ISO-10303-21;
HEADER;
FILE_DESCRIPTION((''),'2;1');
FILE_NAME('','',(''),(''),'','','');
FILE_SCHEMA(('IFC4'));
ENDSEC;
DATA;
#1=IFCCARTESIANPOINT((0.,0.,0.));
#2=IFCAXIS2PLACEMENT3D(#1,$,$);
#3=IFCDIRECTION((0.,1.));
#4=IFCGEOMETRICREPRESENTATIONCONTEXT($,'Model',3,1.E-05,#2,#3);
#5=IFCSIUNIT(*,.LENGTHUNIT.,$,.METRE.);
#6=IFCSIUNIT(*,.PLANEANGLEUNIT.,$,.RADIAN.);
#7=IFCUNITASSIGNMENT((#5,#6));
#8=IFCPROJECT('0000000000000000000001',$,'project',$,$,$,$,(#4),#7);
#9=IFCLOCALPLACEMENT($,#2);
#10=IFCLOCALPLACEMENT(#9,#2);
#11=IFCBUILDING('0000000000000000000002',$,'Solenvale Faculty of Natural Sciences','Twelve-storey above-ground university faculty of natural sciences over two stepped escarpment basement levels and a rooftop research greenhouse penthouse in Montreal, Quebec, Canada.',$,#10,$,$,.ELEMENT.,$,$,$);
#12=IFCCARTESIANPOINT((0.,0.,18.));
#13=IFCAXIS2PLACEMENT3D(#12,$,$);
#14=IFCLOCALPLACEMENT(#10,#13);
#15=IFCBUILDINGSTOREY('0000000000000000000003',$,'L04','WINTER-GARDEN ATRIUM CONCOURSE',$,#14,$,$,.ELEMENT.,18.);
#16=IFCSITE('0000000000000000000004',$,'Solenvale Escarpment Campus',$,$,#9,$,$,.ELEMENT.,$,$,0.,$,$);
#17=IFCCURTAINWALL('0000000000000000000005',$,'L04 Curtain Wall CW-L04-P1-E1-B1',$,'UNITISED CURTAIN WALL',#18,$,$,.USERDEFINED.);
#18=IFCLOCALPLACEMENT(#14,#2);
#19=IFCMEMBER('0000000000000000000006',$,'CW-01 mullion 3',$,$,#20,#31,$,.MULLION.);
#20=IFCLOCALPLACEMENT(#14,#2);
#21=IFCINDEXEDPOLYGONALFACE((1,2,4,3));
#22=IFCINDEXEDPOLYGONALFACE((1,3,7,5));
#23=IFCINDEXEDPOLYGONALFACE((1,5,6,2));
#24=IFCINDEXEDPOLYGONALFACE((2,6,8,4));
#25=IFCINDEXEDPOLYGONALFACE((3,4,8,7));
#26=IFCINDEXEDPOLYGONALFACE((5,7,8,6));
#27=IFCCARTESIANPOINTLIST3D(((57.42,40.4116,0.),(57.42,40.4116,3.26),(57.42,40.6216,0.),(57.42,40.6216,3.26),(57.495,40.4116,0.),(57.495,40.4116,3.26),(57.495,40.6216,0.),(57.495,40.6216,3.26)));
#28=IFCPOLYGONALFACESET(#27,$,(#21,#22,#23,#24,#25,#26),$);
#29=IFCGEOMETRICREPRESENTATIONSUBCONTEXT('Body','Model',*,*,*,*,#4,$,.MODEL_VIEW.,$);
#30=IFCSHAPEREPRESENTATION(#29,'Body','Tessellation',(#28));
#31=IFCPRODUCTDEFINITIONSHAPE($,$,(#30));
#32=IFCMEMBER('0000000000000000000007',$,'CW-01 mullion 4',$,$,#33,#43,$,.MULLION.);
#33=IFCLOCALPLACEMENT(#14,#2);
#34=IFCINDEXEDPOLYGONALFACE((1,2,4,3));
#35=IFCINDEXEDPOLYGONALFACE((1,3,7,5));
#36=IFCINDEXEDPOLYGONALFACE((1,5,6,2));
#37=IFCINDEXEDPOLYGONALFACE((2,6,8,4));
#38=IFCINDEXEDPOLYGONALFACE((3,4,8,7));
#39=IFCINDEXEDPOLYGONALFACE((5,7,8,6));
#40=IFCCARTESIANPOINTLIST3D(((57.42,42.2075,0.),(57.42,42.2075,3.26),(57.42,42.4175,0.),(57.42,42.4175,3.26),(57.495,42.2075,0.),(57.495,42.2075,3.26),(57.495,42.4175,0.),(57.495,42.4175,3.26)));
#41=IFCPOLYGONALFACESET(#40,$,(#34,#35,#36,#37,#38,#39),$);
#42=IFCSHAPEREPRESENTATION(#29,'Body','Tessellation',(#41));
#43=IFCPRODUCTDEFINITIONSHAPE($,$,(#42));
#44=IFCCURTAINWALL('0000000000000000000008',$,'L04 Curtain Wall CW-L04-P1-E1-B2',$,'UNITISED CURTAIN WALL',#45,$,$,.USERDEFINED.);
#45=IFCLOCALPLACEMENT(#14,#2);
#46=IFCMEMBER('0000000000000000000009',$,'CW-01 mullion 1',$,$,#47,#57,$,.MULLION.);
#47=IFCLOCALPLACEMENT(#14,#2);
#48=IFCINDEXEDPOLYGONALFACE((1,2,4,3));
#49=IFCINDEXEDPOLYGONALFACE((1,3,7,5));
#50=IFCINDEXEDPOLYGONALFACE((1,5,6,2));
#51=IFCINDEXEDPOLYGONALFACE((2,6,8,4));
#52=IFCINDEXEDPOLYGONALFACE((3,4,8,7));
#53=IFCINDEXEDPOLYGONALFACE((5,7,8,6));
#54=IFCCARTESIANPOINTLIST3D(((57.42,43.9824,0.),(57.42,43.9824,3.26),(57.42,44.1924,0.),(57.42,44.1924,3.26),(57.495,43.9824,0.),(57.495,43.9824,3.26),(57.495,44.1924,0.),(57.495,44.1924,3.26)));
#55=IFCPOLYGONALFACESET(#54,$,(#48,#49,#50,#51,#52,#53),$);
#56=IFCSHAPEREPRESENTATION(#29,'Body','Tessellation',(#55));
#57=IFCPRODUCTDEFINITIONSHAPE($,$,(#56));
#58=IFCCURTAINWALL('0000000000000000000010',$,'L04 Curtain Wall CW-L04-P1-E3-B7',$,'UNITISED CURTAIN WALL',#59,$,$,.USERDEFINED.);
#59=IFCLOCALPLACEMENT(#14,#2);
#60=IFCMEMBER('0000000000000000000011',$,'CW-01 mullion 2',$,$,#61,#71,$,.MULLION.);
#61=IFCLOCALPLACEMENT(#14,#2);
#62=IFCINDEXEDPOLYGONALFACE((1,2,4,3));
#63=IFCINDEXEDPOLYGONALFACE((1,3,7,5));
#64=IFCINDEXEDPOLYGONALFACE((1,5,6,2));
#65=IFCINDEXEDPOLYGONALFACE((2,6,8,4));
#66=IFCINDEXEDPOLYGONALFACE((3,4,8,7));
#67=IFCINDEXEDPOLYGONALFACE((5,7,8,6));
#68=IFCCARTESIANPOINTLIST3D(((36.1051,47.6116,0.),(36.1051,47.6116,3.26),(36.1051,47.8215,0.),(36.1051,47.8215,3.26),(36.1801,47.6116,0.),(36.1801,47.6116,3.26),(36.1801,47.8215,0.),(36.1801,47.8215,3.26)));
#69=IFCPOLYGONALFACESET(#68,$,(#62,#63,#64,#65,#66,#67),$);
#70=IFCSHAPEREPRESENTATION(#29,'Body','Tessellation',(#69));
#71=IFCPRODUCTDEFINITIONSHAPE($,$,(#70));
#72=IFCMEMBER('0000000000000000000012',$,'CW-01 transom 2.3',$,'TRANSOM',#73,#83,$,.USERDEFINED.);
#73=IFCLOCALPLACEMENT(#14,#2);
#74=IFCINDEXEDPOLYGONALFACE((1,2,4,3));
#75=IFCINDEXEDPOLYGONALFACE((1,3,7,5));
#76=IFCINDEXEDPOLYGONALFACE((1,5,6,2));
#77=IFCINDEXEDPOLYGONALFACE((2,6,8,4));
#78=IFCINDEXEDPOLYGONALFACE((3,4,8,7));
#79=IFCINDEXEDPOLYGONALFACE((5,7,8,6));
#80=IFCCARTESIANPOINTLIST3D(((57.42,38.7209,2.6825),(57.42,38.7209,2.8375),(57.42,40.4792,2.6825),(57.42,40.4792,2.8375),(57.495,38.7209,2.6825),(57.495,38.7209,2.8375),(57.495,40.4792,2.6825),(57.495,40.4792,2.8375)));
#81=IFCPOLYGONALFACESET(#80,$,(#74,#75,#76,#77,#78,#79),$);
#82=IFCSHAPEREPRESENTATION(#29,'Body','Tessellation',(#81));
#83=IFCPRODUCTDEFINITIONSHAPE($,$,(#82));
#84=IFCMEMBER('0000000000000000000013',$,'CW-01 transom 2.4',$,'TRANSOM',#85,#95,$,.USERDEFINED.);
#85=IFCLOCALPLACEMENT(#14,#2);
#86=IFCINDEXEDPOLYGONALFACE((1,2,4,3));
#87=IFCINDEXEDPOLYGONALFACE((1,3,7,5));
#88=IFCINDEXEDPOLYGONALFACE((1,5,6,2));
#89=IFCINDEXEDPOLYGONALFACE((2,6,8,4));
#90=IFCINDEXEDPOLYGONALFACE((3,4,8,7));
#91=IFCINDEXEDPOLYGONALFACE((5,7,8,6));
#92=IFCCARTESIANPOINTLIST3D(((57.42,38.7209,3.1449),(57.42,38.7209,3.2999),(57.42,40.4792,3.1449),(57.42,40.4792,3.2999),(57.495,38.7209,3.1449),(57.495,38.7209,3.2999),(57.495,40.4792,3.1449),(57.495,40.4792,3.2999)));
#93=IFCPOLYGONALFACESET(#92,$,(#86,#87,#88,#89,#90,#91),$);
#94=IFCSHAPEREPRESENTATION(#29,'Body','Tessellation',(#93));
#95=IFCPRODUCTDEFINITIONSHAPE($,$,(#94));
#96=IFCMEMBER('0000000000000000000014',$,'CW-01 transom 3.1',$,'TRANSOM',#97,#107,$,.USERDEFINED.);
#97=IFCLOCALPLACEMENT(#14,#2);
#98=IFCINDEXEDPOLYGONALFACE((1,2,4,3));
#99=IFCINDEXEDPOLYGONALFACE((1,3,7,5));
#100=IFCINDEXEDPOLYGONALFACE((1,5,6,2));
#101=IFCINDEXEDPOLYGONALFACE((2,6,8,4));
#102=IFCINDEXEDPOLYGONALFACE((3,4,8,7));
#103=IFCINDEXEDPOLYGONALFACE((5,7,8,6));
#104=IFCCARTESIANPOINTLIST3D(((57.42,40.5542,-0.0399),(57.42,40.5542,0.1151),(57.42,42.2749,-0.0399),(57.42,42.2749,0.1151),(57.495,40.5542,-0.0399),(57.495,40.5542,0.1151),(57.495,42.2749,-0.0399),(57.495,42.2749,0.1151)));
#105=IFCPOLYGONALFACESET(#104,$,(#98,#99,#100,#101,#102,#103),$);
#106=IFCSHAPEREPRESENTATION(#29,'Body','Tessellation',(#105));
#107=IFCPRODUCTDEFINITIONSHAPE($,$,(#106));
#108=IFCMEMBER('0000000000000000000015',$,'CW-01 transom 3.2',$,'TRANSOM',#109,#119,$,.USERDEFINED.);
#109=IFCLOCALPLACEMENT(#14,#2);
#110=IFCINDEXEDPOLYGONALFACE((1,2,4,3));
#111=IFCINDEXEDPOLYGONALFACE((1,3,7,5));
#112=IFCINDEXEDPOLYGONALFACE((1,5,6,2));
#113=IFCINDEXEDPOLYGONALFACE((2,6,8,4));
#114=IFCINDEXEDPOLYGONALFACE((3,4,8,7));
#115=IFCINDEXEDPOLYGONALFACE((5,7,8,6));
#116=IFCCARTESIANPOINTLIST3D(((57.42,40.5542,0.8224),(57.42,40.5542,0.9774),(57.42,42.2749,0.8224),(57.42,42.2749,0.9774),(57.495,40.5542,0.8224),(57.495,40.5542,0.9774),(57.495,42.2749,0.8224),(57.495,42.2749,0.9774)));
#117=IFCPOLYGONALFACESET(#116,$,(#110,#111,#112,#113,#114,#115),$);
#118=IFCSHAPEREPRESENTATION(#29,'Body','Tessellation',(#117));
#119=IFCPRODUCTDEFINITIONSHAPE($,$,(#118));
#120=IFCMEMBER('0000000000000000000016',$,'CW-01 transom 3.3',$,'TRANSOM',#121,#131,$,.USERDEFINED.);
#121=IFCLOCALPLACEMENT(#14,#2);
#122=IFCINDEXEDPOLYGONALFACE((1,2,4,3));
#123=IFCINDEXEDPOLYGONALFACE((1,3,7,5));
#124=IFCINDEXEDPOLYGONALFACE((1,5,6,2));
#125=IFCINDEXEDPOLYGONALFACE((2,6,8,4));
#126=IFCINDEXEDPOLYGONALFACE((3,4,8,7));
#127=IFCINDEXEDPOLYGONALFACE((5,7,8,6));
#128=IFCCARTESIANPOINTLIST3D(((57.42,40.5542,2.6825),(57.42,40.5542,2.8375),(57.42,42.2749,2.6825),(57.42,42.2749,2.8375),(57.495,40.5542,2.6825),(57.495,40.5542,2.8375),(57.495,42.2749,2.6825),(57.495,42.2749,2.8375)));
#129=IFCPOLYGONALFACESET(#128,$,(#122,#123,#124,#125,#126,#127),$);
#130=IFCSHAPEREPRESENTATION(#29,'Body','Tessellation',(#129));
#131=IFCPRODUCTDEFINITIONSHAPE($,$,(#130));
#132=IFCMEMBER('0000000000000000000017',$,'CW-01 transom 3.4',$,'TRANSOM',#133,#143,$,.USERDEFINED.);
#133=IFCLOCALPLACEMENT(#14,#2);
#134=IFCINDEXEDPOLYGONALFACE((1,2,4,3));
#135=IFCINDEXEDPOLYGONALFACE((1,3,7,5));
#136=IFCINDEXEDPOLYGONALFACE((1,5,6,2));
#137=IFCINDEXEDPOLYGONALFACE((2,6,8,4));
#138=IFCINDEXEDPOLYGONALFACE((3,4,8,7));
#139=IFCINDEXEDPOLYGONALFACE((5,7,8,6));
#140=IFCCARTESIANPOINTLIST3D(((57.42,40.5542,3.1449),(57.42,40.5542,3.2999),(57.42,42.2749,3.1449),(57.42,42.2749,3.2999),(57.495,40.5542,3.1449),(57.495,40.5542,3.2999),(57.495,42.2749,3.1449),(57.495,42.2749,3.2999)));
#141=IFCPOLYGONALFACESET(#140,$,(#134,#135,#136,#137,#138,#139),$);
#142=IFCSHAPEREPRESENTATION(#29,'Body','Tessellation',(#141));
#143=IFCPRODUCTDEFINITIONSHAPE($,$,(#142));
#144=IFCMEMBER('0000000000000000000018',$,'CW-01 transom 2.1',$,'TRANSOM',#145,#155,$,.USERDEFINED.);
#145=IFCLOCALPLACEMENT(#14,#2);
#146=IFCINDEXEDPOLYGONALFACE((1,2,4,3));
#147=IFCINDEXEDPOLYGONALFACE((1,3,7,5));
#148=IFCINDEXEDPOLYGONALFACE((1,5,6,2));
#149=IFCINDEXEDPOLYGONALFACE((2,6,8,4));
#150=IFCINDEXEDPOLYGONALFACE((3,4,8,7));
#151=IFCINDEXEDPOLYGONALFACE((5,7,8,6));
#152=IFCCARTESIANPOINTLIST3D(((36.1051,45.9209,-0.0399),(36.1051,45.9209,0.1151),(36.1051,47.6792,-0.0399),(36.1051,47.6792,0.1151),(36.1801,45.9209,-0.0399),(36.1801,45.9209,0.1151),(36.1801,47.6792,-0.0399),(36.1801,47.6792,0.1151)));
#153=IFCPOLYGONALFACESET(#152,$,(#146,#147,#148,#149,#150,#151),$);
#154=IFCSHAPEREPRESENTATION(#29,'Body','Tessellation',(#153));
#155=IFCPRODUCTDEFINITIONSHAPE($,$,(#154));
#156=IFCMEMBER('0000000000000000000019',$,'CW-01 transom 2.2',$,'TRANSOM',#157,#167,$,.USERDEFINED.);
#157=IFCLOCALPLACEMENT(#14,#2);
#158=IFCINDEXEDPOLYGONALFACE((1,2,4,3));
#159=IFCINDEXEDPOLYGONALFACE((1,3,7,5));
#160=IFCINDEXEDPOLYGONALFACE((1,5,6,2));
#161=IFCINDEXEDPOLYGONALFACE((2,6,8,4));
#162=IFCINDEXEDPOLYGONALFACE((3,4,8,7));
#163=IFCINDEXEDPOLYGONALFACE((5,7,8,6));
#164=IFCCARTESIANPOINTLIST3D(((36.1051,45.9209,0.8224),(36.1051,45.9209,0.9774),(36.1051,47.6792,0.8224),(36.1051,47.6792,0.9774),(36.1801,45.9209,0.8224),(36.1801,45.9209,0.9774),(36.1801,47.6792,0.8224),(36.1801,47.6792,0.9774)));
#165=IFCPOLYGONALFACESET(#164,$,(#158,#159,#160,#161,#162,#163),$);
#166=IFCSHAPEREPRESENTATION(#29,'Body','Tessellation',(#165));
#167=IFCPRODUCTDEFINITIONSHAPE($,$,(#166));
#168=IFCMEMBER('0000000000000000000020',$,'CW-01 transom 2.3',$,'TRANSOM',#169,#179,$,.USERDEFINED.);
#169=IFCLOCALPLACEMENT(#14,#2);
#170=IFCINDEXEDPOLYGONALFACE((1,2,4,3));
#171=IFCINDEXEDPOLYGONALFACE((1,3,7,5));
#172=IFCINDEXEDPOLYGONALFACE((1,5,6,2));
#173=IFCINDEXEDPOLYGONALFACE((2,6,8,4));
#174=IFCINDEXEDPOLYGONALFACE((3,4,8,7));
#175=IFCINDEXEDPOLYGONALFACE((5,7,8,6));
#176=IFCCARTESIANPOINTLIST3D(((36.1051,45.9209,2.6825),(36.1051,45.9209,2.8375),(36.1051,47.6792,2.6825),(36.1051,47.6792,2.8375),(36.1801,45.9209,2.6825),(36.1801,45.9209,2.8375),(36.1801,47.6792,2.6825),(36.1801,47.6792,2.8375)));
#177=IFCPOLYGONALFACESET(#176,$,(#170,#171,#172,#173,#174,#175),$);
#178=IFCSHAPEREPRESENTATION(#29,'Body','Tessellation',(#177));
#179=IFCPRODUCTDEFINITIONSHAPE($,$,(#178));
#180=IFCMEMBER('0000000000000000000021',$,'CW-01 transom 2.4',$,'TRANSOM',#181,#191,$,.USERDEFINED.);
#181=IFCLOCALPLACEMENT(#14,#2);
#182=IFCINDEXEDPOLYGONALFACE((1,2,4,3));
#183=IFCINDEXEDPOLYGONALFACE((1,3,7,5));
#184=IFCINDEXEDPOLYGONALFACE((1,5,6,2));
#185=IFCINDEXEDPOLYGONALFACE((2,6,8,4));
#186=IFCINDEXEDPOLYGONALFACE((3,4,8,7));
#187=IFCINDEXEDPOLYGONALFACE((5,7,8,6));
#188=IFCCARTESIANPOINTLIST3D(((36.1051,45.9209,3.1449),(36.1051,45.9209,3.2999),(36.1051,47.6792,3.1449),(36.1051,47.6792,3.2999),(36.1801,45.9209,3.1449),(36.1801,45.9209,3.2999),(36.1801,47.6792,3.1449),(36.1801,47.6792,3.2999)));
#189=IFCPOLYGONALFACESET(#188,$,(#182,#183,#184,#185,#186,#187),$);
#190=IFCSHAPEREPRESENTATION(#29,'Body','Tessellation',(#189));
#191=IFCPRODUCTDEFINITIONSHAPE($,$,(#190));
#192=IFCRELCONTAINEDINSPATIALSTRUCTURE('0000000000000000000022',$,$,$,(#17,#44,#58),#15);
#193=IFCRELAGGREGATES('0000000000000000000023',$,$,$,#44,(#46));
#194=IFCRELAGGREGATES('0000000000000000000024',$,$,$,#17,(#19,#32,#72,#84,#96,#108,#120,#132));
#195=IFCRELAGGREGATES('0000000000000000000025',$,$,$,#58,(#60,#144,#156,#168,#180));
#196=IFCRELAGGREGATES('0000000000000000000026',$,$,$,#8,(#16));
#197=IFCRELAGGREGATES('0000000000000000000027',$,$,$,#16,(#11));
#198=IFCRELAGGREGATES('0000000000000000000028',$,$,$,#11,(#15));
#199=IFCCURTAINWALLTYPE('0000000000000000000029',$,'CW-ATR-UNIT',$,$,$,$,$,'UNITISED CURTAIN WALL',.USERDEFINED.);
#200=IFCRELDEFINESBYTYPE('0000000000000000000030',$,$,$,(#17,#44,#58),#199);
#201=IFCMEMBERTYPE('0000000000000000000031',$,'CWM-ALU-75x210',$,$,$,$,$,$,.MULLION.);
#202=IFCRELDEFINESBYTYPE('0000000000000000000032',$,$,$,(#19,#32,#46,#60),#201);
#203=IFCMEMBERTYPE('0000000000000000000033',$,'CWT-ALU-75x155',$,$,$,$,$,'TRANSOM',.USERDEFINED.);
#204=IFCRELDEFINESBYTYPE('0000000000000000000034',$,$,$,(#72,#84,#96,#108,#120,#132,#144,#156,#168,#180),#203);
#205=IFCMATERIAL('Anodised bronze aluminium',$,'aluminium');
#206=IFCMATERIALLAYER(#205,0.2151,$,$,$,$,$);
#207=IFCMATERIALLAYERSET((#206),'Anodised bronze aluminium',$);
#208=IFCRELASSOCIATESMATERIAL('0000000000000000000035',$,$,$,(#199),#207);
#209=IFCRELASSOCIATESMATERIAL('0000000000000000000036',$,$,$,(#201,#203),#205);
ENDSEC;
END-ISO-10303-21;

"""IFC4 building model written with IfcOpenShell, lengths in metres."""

from ifc_helpers import new_model, si_unit, direction, frame, origin, origin_2d, place, context, subcontext, project, spatial, rectangle, extrude, material, layer, layer_set, material_profile, profile_set, type_object, element, aggregate, save


model = new_model("IFC4")

# Units and contexts
model_context = context("Model", 3, precision=1e-05, world=origin(), true_north=direction((0.0, 1.0)))
body_context = subcontext(model_context, "Body", "Model", "MODEL_VIEW")
ifc_project = project(units=[si_unit("LENGTHUNIT", "METRE"), si_unit("PLANEANGLEUNIT", "RADIAN")], contexts=[model_context])

# Site, building, storey
site_placement = place(None, origin())
site = spatial("IfcSite", under=ifc_project, at=site_placement, Name="Solenvale Escarpment Campus", CompositionType="ELEMENT", RefElevation=0.0)
building_placement = place(site_placement, origin())
building = spatial("IfcBuilding", under=site, at=building_placement, Name="Solenvale Faculty of Natural Sciences", Description="Twelve-storey above-ground university faculty of natural sciences over two stepped escarpment basement levels and a rooftop research greenhouse penthouse in Montreal, Quebec, Canada.", CompositionType="ELEMENT")
storey_placement = place(building_placement, frame((0.0, 0.0, 18.0)))
storey = spatial("IfcBuildingStorey", under=building, at=storey_placement, Name="L04", Description="WINTER-GARDEN ATRIUM CONCOURSE", CompositionType="ELEMENT", Elevation=18.0)

# Curtain wall, members
ifc_material_1 = material(Name="Anodised bronze aluminium", Category="aluminium")
ifc_layer_1 = layer(ifc_material_1, 0.2151)
ifc_layer_set_1 = layer_set([ifc_layer_1], Name="Anodised bronze aluminium")
curtain_wall_type = type_object("IfcCurtainWallType", Name="CW-ATR-UNIT", ElementType="UNITISED CURTAIN WALL", PredefinedType="USERDEFINED", material=ifc_layer_set_1)
curtain_wall_1_placement = place(storey_placement, origin())
curtain_wall_1 = element("IfcCurtainWall", 1, at=curtain_wall_1_placement, inside=storey, type_object=curtain_wall_type, Name="L04 Curtain Wall CW-L04-P1-E1-B1", ObjectType="UNITISED CURTAIN WALL", PredefinedType="USERDEFINED")
ifc_material_profile_1 = material_profile(ifc_material_1, rectangle(XDim=0.075, YDim=0.21, at=origin_2d()), Name="ALU-MUL-75x210")
ifc_profile_set_1 = profile_set([ifc_material_profile_1], Name="Anodised bronze aluminium")
member_type_1 = type_object("IfcMemberType", Name="CWM-ALU-75x210", PredefinedType="MULLION", material=ifc_profile_set_1)
member_1_placement = place(storey_placement, frame((57.4575, 40.5166, 0.0), z_axis=(0.0, 0.0, 1.0), x_axis=(-1.0, 0.0, 0.0)))
member_1 = element("IfcMember", 2, at=member_1_placement, type_object=member_type_1, Name="CW-01 mullion 3", PredefinedType="MULLION", context=body_context, shape_type="SweptSolid", body=[
    extrude(rectangle(XDim=0.075, YDim=0.21, at=origin_2d()), origin(), (0.0, 0.0, 1.0), 3.26),
])
member_2_placement = place(storey_placement, frame((57.4575, 42.3125, 0.0), z_axis=(0.0, 0.0, 1.0), x_axis=(-1.0, 0.0, 0.0)))
member_2 = element("IfcMember", 3, at=member_2_placement, type_object=member_type_1, Name="CW-01 mullion 4", PredefinedType="MULLION", context=body_context, shape_type="SweptSolid", body=[
    extrude(rectangle(XDim=0.075, YDim=0.21, at=origin_2d()), origin(), (0.0, 0.0, 1.0), 3.26),
])

# Curtain walls, members
curtain_wall_2_placement = place(storey_placement, origin())
curtain_wall_2 = element("IfcCurtainWall", 4, at=curtain_wall_2_placement, inside=storey, type_object=curtain_wall_type, Name="L04 Curtain Wall CW-L04-P1-E1-B2", ObjectType="UNITISED CURTAIN WALL", PredefinedType="USERDEFINED")
member_3_placement = place(storey_placement, frame((57.4575, 44.0874, 0.0), z_axis=(0.0, 0.0, 1.0), x_axis=(-1.0, 0.0, 0.0)))
member_3 = element("IfcMember", 5, at=member_3_placement, type_object=member_type_1, Name="CW-01 mullion 1", PredefinedType="MULLION", context=body_context, shape_type="SweptSolid", body=[
    extrude(rectangle(XDim=0.075, YDim=0.21, at=origin_2d()), origin(), (0.0, 0.0, 1.0), 3.26),
])
aggregate(curtain_wall_2, [member_3])
curtain_wall_3_placement = place(storey_placement, origin())
curtain_wall_3 = element("IfcCurtainWall", 6, at=curtain_wall_3_placement, inside=storey, type_object=curtain_wall_type, Name="L04 Curtain Wall CW-L04-P1-E3-B7", ObjectType="UNITISED CURTAIN WALL", PredefinedType="USERDEFINED")
member_4_placement = place(storey_placement, frame((36.1426, 47.7166, 0.0), z_axis=(0.0, 0.0, 1.0), x_axis=(1.0, 0.0, 0.0)))
member_4 = element("IfcMember", 7, at=member_4_placement, type_object=member_type_1, Name="CW-01 mullion 2", PredefinedType="MULLION", context=body_context, shape_type="SweptSolid", body=[
    extrude(rectangle(XDim=0.075, YDim=0.21, at=origin_2d()), origin(), (0.0, 0.0, 1.0), 3.26),
])

# Members
ifc_material_profile_2 = material_profile(ifc_material_1, rectangle(XDim=0.075, YDim=0.155, at=origin_2d()), Name="ALU-TRN-75x155")
ifc_profile_set_2 = profile_set([ifc_material_profile_2], Name="Anodised bronze aluminium")
member_type_2 = type_object("IfcMemberType", Name="CWT-ALU-75x155", ElementType="TRANSOM", PredefinedType="USERDEFINED", material=ifc_profile_set_2)
member_5_placement = place(storey_placement, frame((57.4575, 38.7209, 2.76), z_axis=(0.0, 1.0, 0.0), x_axis=(-1.0, 0.0, 0.0)))
member_5 = element("IfcMember", 8, at=member_5_placement, type_object=member_type_2, Name="CW-01 transom 2.3", ObjectType="TRANSOM", PredefinedType="USERDEFINED", context=body_context, shape_type="SweptSolid", body=[
    extrude(rectangle(XDim=0.075, YDim=0.155, at=origin_2d()), origin(), (0.0, 0.0, 1.0), 1.7583),
])
member_6_placement = place(storey_placement, frame((57.4575, 38.7209, 3.2224), z_axis=(0.0, 1.0, 0.0), x_axis=(-1.0, 0.0, 0.0)))
member_6 = element("IfcMember", 9, at=member_6_placement, type_object=member_type_2, Name="CW-01 transom 2.4", ObjectType="TRANSOM", PredefinedType="USERDEFINED", context=body_context, shape_type="SweptSolid", body=[
    extrude(rectangle(XDim=0.075, YDim=0.155, at=origin_2d()), origin(), (0.0, 0.0, 1.0), 1.7583),
])
member_7_placement = place(storey_placement, frame((57.4575, 40.5542, 0.0376), z_axis=(0.0, 1.0, 0.0), x_axis=(-1.0, 0.0, 0.0)))
member_7 = element("IfcMember", 10, at=member_7_placement, type_object=member_type_2, Name="CW-01 transom 3.1", ObjectType="TRANSOM", PredefinedType="USERDEFINED", context=body_context, shape_type="SweptSolid", body=[
    extrude(rectangle(XDim=0.075, YDim=0.155, at=origin_2d()), origin(), (0.0, 0.0, 1.0), 1.7207),
])
member_8_placement = place(storey_placement, frame((57.4575, 40.5542, 0.8999), z_axis=(0.0, 1.0, 0.0), x_axis=(-1.0, 0.0, 0.0)))
member_8 = element("IfcMember", 11, at=member_8_placement, type_object=member_type_2, Name="CW-01 transom 3.2", ObjectType="TRANSOM", PredefinedType="USERDEFINED", context=body_context, shape_type="SweptSolid", body=[
    extrude(rectangle(XDim=0.075, YDim=0.155, at=origin_2d()), origin(), (0.0, 0.0, 1.0), 1.7207),
])
member_9_placement = place(storey_placement, frame((57.4575, 40.5542, 2.76), z_axis=(0.0, 1.0, 0.0), x_axis=(-1.0, 0.0, 0.0)))
member_9 = element("IfcMember", 12, at=member_9_placement, type_object=member_type_2, Name="CW-01 transom 3.3", ObjectType="TRANSOM", PredefinedType="USERDEFINED", context=body_context, shape_type="SweptSolid", body=[
    extrude(rectangle(XDim=0.075, YDim=0.155, at=origin_2d()), origin(), (0.0, 0.0, 1.0), 1.7207),
])
member_10_placement = place(storey_placement, frame((57.4575, 40.5542, 3.2224), z_axis=(0.0, 1.0, 0.0), x_axis=(-1.0, 0.0, 0.0)))
member_10 = element("IfcMember", 13, at=member_10_placement, type_object=member_type_2, Name="CW-01 transom 3.4", ObjectType="TRANSOM", PredefinedType="USERDEFINED", context=body_context, shape_type="SweptSolid", body=[
    extrude(rectangle(XDim=0.075, YDim=0.155, at=origin_2d()), origin(), (0.0, 0.0, 1.0), 1.7207),
])
member_11_placement = place(storey_placement, frame((36.1426, 47.6792, 0.0376), z_axis=(0.0, -1.0, 0.0), x_axis=(1.0, 0.0, 0.0)))
member_11 = element("IfcMember", 14, at=member_11_placement, type_object=member_type_2, Name="CW-01 transom 2.1", ObjectType="TRANSOM", PredefinedType="USERDEFINED", context=body_context, shape_type="SweptSolid", body=[
    extrude(rectangle(XDim=0.075, YDim=0.155, at=origin_2d()), origin(), (0.0, 0.0, 1.0), 1.7583),
])
member_12_placement = place(storey_placement, frame((36.1426, 47.6792, 0.8999), z_axis=(0.0, -1.0, 0.0), x_axis=(1.0, 0.0, 0.0)))
member_12 = element("IfcMember", 15, at=member_12_placement, type_object=member_type_2, Name="CW-01 transom 2.2", ObjectType="TRANSOM", PredefinedType="USERDEFINED", context=body_context, shape_type="SweptSolid", body=[
    extrude(rectangle(XDim=0.075, YDim=0.155, at=origin_2d()), origin(), (0.0, 0.0, 1.0), 1.7583),
])
member_13_placement = place(storey_placement, frame((36.1426, 47.6792, 2.76), z_axis=(0.0, -1.0, 0.0), x_axis=(1.0, 0.0, 0.0)))
member_13 = element("IfcMember", 16, at=member_13_placement, type_object=member_type_2, Name="CW-01 transom 2.3", ObjectType="TRANSOM", PredefinedType="USERDEFINED", context=body_context, shape_type="SweptSolid", body=[
    extrude(rectangle(XDim=0.075, YDim=0.155, at=origin_2d()), origin(), (0.0, 0.0, 1.0), 1.7583),
])
member_14_placement = place(storey_placement, frame((36.1426, 47.6792, 3.2224), z_axis=(0.0, -1.0, 0.0), x_axis=(1.0, 0.0, 0.0)))
member_14 = element("IfcMember", 17, at=member_14_placement, type_object=member_type_2, Name="CW-01 transom 2.4", ObjectType="TRANSOM", PredefinedType="USERDEFINED", context=body_context, shape_type="SweptSolid", body=[
    extrude(rectangle(XDim=0.075, YDim=0.155, at=origin_2d()), origin(), (0.0, 0.0, 1.0), 1.7583),
])

aggregate(curtain_wall_1, [member_1, member_2, member_5, member_6, member_7, member_8, member_9, member_10])
aggregate(curtain_wall_3, [member_4, member_11, member_12, member_13, member_14])

save(model, "model.ifc")
